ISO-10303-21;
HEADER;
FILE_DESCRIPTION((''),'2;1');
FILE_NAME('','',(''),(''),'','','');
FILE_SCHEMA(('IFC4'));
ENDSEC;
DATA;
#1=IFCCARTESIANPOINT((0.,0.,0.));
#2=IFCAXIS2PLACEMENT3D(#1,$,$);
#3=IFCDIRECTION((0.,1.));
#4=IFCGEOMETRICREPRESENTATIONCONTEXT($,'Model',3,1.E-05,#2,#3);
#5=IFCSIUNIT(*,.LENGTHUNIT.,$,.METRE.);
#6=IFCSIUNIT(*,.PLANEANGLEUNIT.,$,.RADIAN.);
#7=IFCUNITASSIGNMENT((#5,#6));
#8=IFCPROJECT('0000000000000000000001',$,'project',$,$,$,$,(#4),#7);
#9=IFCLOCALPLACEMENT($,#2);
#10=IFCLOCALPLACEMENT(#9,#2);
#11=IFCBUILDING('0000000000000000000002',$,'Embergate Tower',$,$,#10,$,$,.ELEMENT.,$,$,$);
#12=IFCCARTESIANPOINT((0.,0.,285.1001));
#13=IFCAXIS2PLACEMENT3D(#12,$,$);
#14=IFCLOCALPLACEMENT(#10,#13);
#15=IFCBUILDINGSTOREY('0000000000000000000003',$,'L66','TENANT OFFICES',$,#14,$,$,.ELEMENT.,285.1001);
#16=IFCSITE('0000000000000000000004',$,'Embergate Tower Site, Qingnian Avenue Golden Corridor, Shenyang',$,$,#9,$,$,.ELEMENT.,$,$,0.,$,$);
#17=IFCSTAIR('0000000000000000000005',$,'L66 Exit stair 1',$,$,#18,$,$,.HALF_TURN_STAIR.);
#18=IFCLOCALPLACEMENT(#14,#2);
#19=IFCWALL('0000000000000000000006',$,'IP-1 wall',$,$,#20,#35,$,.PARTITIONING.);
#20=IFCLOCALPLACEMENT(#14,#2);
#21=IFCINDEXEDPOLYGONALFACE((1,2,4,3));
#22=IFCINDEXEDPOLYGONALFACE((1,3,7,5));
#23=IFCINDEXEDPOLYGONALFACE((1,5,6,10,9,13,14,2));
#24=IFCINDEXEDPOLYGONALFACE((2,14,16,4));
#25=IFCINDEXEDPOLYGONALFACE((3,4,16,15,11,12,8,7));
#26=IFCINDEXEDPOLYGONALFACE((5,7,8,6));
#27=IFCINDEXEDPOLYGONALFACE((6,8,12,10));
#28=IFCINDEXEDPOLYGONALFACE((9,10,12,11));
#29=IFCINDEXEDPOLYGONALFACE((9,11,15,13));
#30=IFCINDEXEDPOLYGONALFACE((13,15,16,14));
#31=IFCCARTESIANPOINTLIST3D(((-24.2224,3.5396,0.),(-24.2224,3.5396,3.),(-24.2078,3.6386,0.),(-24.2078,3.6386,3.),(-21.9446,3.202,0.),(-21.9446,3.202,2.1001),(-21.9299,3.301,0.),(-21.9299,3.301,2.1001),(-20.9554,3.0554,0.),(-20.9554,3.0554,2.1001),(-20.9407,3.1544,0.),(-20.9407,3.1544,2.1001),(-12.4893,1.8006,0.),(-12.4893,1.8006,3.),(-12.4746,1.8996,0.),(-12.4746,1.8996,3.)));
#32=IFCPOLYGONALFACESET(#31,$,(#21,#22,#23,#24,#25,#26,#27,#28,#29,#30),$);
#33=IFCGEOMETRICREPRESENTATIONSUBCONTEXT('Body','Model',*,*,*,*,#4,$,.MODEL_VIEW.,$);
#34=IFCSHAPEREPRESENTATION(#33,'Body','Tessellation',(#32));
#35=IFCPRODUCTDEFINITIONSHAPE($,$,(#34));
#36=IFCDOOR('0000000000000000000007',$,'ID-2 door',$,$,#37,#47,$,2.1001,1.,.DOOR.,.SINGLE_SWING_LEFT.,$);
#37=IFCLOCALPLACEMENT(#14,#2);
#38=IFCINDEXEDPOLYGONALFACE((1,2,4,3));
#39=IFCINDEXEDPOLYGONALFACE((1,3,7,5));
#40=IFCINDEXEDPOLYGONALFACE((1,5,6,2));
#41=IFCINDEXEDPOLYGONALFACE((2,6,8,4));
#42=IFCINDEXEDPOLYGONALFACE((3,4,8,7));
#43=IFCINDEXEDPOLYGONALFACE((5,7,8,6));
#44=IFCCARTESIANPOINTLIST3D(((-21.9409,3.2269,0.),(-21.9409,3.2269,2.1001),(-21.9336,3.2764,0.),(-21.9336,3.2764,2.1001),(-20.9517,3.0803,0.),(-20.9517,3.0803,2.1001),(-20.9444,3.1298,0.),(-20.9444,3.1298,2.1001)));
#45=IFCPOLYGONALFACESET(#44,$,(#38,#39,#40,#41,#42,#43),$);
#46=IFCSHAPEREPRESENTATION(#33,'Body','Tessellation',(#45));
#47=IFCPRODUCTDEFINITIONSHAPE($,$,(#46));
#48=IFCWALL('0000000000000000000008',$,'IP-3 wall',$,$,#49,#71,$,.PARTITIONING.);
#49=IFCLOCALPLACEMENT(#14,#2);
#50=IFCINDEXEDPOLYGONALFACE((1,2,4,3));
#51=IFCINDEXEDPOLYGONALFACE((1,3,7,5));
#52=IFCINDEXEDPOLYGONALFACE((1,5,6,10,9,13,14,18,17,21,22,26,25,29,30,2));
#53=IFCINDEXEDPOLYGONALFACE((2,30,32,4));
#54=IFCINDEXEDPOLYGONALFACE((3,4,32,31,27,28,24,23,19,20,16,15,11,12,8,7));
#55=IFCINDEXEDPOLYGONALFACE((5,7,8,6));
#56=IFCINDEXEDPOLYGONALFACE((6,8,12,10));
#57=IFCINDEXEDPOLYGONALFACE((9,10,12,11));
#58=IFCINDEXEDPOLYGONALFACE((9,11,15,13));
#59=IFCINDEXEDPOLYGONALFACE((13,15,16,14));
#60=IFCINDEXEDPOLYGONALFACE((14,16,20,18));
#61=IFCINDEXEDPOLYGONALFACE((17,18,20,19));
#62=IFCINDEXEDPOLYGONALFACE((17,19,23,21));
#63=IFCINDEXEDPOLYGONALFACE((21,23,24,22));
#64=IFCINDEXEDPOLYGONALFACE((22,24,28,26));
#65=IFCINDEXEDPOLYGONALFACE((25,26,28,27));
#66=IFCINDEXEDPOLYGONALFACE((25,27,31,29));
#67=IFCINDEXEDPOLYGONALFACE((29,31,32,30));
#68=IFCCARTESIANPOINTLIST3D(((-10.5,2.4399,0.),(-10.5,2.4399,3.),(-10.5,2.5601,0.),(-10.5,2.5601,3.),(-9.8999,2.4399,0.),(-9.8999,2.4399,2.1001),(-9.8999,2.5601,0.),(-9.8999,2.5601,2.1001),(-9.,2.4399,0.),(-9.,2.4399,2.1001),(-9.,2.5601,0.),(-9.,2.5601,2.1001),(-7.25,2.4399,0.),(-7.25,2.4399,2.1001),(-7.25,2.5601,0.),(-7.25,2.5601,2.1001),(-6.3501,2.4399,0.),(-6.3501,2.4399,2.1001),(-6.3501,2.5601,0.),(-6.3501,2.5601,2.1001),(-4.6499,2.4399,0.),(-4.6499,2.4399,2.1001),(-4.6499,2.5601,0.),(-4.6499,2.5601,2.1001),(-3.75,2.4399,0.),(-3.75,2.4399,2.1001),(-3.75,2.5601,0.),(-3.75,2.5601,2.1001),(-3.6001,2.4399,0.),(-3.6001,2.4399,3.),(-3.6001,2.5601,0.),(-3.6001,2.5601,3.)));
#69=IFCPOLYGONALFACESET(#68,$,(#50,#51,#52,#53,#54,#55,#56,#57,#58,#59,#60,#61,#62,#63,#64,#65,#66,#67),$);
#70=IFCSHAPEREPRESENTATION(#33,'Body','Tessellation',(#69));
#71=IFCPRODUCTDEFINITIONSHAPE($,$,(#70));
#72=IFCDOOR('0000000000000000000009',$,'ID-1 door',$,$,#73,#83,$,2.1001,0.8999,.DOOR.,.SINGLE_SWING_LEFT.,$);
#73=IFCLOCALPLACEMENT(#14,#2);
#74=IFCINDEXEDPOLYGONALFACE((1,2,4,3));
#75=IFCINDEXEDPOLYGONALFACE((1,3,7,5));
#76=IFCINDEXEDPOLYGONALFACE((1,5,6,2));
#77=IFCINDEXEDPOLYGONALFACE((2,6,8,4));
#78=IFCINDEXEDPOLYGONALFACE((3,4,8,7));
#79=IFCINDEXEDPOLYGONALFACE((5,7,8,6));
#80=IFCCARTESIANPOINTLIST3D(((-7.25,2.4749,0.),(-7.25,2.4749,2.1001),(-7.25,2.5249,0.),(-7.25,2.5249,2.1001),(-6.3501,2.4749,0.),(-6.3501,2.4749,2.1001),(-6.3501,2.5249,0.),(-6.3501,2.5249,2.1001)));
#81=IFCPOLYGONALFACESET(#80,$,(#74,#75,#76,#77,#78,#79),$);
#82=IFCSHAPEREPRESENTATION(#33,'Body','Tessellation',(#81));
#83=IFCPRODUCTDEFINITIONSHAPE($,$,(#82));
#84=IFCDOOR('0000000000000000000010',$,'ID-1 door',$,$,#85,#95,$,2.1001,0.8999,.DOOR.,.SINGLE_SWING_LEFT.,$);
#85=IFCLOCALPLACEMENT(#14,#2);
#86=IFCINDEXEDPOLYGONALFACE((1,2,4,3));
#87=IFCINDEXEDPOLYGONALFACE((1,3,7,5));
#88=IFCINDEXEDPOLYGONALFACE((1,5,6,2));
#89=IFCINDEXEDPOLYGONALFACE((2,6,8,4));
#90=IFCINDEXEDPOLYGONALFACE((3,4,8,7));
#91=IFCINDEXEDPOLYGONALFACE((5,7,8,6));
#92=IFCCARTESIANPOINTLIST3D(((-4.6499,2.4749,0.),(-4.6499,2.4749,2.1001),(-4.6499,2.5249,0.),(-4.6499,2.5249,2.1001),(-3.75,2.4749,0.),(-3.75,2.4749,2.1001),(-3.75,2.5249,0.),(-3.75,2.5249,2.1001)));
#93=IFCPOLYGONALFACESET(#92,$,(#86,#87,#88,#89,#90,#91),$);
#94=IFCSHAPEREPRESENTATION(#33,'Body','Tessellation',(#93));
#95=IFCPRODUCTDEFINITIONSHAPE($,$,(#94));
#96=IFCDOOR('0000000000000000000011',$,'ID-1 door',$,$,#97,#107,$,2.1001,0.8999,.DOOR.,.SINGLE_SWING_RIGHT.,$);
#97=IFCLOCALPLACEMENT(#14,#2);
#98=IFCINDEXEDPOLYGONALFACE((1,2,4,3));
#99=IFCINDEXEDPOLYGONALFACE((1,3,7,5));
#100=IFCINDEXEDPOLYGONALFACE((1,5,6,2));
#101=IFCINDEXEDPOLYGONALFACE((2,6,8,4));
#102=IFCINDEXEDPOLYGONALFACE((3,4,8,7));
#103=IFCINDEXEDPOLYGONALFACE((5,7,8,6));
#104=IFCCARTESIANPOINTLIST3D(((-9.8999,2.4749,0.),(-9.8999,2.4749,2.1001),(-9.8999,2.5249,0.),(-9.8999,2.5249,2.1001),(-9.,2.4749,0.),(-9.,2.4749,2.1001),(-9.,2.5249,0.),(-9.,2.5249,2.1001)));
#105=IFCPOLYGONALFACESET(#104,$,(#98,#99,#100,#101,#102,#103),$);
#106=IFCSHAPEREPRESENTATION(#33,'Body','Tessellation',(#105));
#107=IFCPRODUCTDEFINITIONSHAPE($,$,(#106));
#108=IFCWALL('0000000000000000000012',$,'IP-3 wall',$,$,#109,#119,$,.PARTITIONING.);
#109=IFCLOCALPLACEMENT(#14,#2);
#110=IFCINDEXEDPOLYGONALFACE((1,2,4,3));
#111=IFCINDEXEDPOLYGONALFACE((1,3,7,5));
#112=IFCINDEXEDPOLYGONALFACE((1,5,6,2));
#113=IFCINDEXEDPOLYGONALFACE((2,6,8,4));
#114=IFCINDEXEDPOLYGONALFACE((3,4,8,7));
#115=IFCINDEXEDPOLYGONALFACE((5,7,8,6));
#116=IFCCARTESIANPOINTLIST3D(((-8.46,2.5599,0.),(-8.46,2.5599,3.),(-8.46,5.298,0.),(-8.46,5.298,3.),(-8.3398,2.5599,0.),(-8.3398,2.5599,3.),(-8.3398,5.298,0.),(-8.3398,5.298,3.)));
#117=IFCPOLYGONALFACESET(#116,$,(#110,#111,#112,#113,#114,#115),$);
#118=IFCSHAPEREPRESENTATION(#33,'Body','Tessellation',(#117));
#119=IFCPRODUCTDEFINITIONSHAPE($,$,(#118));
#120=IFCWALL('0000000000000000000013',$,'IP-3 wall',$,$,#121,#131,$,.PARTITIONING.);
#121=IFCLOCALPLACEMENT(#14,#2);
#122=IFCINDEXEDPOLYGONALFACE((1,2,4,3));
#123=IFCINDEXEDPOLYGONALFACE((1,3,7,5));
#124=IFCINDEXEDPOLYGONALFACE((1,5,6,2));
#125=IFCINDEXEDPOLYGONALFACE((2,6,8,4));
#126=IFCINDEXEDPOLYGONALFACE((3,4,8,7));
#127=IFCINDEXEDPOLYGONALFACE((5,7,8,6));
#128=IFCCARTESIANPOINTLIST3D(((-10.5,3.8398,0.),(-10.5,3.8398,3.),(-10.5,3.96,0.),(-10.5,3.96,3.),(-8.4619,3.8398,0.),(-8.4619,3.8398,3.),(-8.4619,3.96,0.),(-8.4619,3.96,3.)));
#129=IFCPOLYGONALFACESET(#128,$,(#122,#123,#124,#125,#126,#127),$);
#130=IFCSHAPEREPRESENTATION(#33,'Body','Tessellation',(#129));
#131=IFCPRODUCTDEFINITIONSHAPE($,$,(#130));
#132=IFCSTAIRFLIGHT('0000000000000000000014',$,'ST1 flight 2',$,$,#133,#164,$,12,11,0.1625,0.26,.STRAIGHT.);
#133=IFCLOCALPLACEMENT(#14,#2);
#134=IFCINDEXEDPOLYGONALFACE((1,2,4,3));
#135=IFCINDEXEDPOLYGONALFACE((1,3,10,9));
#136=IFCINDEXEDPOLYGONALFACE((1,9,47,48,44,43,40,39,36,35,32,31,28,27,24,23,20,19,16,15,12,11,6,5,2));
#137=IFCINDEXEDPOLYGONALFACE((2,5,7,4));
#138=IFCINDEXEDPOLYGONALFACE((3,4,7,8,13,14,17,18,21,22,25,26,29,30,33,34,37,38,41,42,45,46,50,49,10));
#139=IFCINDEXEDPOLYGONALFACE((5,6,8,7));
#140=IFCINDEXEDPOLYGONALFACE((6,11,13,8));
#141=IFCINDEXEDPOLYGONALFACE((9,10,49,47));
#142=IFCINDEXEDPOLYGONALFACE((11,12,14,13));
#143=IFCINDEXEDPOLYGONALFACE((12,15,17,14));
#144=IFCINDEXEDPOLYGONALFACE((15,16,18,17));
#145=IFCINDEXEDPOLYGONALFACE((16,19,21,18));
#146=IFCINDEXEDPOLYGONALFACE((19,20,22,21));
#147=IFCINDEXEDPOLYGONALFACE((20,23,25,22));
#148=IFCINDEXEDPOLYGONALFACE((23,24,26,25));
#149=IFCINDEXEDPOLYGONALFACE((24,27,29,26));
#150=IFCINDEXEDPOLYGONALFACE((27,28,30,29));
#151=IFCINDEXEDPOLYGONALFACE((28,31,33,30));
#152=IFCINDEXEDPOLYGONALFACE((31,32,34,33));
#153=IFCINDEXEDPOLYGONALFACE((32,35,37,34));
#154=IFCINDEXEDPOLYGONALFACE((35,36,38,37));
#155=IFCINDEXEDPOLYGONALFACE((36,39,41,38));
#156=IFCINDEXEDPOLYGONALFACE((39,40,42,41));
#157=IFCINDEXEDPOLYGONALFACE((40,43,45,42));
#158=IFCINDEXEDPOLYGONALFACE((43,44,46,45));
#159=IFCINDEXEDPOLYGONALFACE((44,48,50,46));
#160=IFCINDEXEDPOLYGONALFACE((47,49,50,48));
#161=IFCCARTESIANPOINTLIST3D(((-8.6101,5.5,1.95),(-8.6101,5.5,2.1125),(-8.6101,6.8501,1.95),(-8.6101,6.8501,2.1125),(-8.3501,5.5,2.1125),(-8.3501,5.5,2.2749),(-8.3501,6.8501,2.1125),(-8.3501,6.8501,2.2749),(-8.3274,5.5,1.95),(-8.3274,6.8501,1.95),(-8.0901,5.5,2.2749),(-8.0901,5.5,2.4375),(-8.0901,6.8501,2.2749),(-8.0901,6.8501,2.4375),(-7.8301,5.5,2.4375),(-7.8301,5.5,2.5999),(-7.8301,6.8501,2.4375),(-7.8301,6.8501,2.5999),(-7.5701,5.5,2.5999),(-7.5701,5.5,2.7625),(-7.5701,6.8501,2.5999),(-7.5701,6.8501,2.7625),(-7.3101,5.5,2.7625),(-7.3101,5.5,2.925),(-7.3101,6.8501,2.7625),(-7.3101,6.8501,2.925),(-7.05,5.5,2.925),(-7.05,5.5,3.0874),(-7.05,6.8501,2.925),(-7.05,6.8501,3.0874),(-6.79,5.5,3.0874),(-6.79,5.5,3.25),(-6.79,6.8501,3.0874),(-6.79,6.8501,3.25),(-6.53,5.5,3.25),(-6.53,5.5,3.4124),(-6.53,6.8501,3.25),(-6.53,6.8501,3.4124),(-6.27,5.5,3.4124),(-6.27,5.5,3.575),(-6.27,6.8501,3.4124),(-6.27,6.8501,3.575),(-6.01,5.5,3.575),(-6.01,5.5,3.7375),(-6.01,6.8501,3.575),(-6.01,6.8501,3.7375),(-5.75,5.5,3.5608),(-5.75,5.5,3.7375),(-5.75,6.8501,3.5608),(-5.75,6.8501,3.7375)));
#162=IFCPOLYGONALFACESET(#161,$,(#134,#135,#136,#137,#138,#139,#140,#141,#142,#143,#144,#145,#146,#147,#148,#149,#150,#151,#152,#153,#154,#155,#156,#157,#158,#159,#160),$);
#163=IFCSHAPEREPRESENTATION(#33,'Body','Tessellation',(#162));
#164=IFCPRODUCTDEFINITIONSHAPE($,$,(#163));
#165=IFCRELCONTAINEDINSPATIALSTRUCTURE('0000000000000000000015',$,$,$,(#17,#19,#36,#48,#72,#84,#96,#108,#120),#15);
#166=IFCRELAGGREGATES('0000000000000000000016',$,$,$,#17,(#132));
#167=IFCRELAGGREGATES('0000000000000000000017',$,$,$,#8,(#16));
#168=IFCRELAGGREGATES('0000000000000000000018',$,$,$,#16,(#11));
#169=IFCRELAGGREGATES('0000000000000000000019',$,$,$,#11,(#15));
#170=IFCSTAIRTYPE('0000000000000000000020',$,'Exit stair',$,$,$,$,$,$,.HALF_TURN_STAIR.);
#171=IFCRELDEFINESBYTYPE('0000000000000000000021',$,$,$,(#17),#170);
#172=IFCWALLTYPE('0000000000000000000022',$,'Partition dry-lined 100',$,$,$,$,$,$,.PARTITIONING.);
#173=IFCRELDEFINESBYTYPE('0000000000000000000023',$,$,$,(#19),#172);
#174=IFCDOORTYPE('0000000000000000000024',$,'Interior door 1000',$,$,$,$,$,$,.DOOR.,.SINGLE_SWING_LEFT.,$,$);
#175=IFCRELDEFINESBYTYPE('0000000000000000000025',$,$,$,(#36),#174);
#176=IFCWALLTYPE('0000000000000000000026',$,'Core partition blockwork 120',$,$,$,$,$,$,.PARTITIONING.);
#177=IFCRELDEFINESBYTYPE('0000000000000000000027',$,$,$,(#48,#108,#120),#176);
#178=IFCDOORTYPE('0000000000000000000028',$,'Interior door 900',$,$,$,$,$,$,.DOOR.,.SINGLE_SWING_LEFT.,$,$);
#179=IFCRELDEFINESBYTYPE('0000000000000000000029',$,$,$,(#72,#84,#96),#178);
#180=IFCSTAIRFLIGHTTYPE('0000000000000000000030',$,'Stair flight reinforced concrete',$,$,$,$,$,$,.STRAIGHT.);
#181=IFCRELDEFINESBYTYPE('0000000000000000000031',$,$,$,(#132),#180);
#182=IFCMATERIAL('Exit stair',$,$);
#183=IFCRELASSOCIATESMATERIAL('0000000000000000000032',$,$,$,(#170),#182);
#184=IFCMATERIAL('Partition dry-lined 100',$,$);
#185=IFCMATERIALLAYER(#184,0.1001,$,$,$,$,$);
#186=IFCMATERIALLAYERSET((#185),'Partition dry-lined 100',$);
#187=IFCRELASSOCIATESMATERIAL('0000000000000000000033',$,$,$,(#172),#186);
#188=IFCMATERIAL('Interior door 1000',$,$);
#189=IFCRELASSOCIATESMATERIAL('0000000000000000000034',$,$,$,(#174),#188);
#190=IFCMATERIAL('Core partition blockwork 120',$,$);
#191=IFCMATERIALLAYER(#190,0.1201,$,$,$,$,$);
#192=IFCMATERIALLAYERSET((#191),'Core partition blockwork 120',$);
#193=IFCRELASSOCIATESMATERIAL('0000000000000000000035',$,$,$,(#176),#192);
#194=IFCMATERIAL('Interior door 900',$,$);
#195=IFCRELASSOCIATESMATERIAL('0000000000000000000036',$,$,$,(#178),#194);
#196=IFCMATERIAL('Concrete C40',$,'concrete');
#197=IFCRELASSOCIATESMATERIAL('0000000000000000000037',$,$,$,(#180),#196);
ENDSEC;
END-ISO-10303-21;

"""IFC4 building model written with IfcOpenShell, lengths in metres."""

from ifc_helpers import new_model, si_unit, direction, frame, frame_2d, origin, place, context, subcontext, project, spatial, polyline, rectangle, outline, extrude, source, transform, mapped, material, layer, layer_set, type_object, element, fill, aggregate, save


model = new_model("IFC4")

# Units and contexts
model_context = context("Model", 3, precision=1e-05, world=origin(), true_north=direction((0.0, 1.0)))
body_context = subcontext(model_context, "Body", "Model", "MODEL_VIEW")
ifc_project = project(units=[si_unit("LENGTHUNIT", "METRE"), si_unit("PLANEANGLEUNIT", "RADIAN")], contexts=[model_context])

# Site, building, storey
site_placement = place(None, origin())
site = spatial("IfcSite", under=ifc_project, at=site_placement, Name="Embergate Tower Site, Qingnian Avenue Golden Corridor, Shenyang", CompositionType="ELEMENT", RefElevation=0.0)
building_placement = place(site_placement, origin())
building = spatial("IfcBuilding", under=site, at=building_placement, Name="Embergate Tower", CompositionType="ELEMENT")
storey_placement = place(building_placement, frame((0.0, 0.0, 285.1001)))
storey = spatial("IfcBuildingStorey", under=building, at=storey_placement, Name="L66", Description="TENANT OFFICES", CompositionType="ELEMENT", Elevation=285.1001)

# Stair
ifc_material_1 = material(Name="Exit stair")
stair_type = type_object("IfcStairType", Name="Exit stair", PredefinedType="HALF_TURN_STAIR", material=ifc_material_1)
stair_placement = place(storey_placement, origin())
stair = element("IfcStair", 1, at=stair_placement, inside=storey, type_object=stair_type, Name="L66 Exit stair 1", PredefinedType="HALF_TURN_STAIR")
ifc_material_2 = material(Name="Concrete C40", Category="concrete")

# Shared definitions
ifc_material_3 = material(Name="Partition dry-lined 100")
ifc_layer_1 = layer(ifc_material_3, 0.1001)
ifc_layer_set_1 = layer_set([ifc_layer_1], Name="Partition dry-lined 100")
wall_type_1 = type_object("IfcWallType", Name="Partition dry-lined 100", PredefinedType="PARTITIONING", material=ifc_layer_set_1)

# Wall, opening, door
shared_shape_1 = source(origin(), body_context, "Body", "SweptSolid", [
    extrude(rectangle(XDim=11.8613, YDim=0.1001, at=frame_2d((5.9307, 0.0))), origin(), (0.0, 0.0, 1.0), 3.0),
])
wall_1_placement = place(storey_placement, frame((-12.4819, 1.8501, 0.0), z_axis=(0.0, 0.0, 1.0), x_axis=(-0.989194, 0.146612, 0.0)))
wall_1 = element("IfcWall", 2, at=wall_1_placement, inside=storey, type_object=wall_type_1, Name="IP-1 wall", PredefinedType="PARTITIONING", context=body_context, shape_type="MappedRepresentation", body=[
    mapped(shared_shape_1, transform((0.0, 0.0, 0.0))),
])
shared_shape_2 = source(origin(), body_context, "Body", "SweptSolid", [
    extrude(rectangle(XDim=1.0, YDim=2.1001, at=frame_2d((0.5, 1.05))), frame((0.0, 0.0601, 0.0), z_axis=(0.0, -1.0, 0.0), x_axis=(1.0, 0.0, 0.0)), (0.0, 0.0, 1.0), 0.1201),
])
opening_1_placement = place(wall_1_placement, frame((8.5586, 0.0, 0.0)))
opening_1 = element("IfcOpeningElement", 3, at=opening_1_placement, cuts=wall_1, PredefinedType="OPENING", context=body_context, shape_type="MappedRepresentation", body=[
    mapped(shared_shape_2, transform((0.0, 0.0, 0.0))),
])
ifc_material_4 = material(Name="Interior door 1000")
door_type_1 = type_object("IfcDoorType", Name="Interior door 1000", OperationType="SINGLE_SWING_LEFT", PredefinedType="DOOR", material=ifc_material_4)
shared_shape_3 = source(origin(), body_context, "Body", "SweptSolid", [
    extrude(rectangle(XDim=1.0, YDim=2.1001, at=frame_2d((0.5, 1.05))), frame((0.0, 0.0249, 0.0), z_axis=(0.0, -1.0, 0.0), x_axis=(1.0, 0.0, 0.0)), (0.0, 0.0, 1.0), 0.05),
])
door_1_placement = place(opening_1_placement, origin())
door_1 = element("IfcDoor", 4, at=door_1_placement, inside=storey, type_object=door_type_1, Name="ID-2 door", OperationType="SINGLE_SWING_LEFT", OverallHeight=2.1001, OverallWidth=1.0, PredefinedType="DOOR", context=body_context, shape_type="MappedRepresentation", body=[
    mapped(shared_shape_3, transform((0.0, 0.0, 0.0))),
])
fill(opening_1, door_1)

# Wall, openings, doors
ifc_material_5 = material(Name="Core partition blockwork 120")
ifc_layer_2 = layer(ifc_material_5, 0.1201)
ifc_layer_set_2 = layer_set([ifc_layer_2], Name="Core partition blockwork 120")
wall_type_2 = type_object("IfcWallType", Name="Core partition blockwork 120", PredefinedType="PARTITIONING", material=ifc_layer_set_2)
shared_shape_4 = source(origin(), body_context, "Body", "SweptSolid", [
    extrude(rectangle(XDim=6.8999, YDim=0.1201, at=frame_2d((3.45, 0.0))), origin(), (0.0, 0.0, 1.0), 3.0),
])
wall_2_placement = place(storey_placement, frame((-10.5, 2.5, 0.0), z_axis=(0.0, 0.0, 1.0), x_axis=(1.0, 0.0, 0.0)))
wall_2 = element("IfcWall", 5, at=wall_2_placement, inside=storey, type_object=wall_type_2, Name="IP-3 wall", PredefinedType="PARTITIONING", context=body_context, shape_type="MappedRepresentation", body=[
    mapped(shared_shape_4, transform((0.0, 0.0, 0.0))),
])
shared_shape_5 = source(origin(), body_context, "Body", "SweptSolid", [
    extrude(rectangle(XDim=0.8999, YDim=2.1001, at=frame_2d((0.45, 1.05))), frame((0.0, 0.0701, 0.0), z_axis=(0.0, -1.0, 0.0), x_axis=(1.0, 0.0, 0.0)), (0.0, 0.0, 1.0), 0.1401),
])
opening_2_placement = place(wall_2_placement, frame((3.25, 0.0, 0.0)))
opening_2 = element("IfcOpeningElement", 6, at=opening_2_placement, cuts=wall_2, PredefinedType="OPENING", context=body_context, shape_type="MappedRepresentation", body=[
    mapped(shared_shape_5, transform((0.0, 0.0, 0.0))),
])
opening_3_placement = place(wall_2_placement, frame((5.8501, 0.0, 0.0)))
opening_3 = element("IfcOpeningElement", 7, at=opening_3_placement, cuts=wall_2, PredefinedType="OPENING", context=body_context, shape_type="MappedRepresentation", body=[
    mapped(shared_shape_5, transform((0.0, 0.0, 0.0))),
])
opening_4_placement = place(wall_2_placement, frame((0.6001, 0.0, 0.0)))
opening_4 = element("IfcOpeningElement", 8, at=opening_4_placement, cuts=wall_2, PredefinedType="OPENING", context=body_context, shape_type="MappedRepresentation", body=[
    mapped(shared_shape_5, transform((0.0, 0.0, 0.0))),
])
ifc_material_6 = material(Name="Interior door 900")
door_type_2 = type_object("IfcDoorType", Name="Interior door 900", OperationType="SINGLE_SWING_LEFT", PredefinedType="DOOR", material=ifc_material_6)
shared_shape_6 = source(origin(), body_context, "Body", "SweptSolid", [
    extrude(rectangle(XDim=0.8999, YDim=2.1001, at=frame_2d((0.45, 1.05))), frame((0.0, 0.0249, 0.0), z_axis=(0.0, -1.0, 0.0), x_axis=(1.0, 0.0, 0.0)), (0.0, 0.0, 1.0), 0.05),
])
door_2_placement = place(opening_2_placement, origin())
door_2 = element("IfcDoor", 9, at=door_2_placement, inside=storey, type_object=door_type_2, Name="ID-1 door", OperationType="SINGLE_SWING_LEFT", OverallHeight=2.1001, OverallWidth=0.8999, PredefinedType="DOOR", context=body_context, shape_type="MappedRepresentation", body=[
    mapped(shared_shape_6, transform((0.0, 0.0, 0.0))),
])
fill(opening_2, door_2)
door_3_placement = place(opening_3_placement, origin())
door_3 = element("IfcDoor", 10, at=door_3_placement, inside=storey, type_object=door_type_2, Name="ID-1 door", OperationType="SINGLE_SWING_LEFT", OverallHeight=2.1001, OverallWidth=0.8999, PredefinedType="DOOR", context=body_context, shape_type="MappedRepresentation", body=[
    mapped(shared_shape_6, transform((0.0, 0.0, 0.0))),
])
fill(opening_3, door_3)
door_4_placement = place(opening_4_placement, origin())
door_4 = element("IfcDoor", 11, at=door_4_placement, inside=storey, type_object=door_type_2, Name="ID-1 door", OperationType="SINGLE_SWING_RIGHT", OverallHeight=2.1001, OverallWidth=0.8999, PredefinedType="DOOR", context=body_context, shape_type="MappedRepresentation", body=[
    mapped(shared_shape_6, transform((0.0, 0.0, 0.0))),
])
fill(opening_4, door_4)

# Walls
shared_shape_7 = source(origin(), body_context, "Body", "SweptSolid", [
    extrude(rectangle(XDim=2.738, YDim=0.1201, at=frame_2d((1.3691, 0.0))), origin(), (0.0, 0.0, 1.0), 3.0),
])
wall_3_placement = place(storey_placement, frame((-8.3999, 5.2981, 0.0), z_axis=(0.0, 0.0, 1.0), x_axis=(0.0, -1.0, 0.0)))
element("IfcWall", 12, at=wall_3_placement, inside=storey, type_object=wall_type_2, Name="IP-3 wall", PredefinedType="PARTITIONING", context=body_context, shape_type="MappedRepresentation", body=[
    mapped(shared_shape_7, transform((0.0, 0.0, 0.0))),
])
shared_shape_8 = source(origin(), body_context, "Body", "SweptSolid", [
    extrude(rectangle(XDim=2.0381, YDim=0.1201, at=frame_2d((1.019, 0.0))), origin(), (0.0, 0.0, 1.0), 3.0),
])
wall_4_placement = place(storey_placement, frame((-8.4619, 3.8999, 0.0), z_axis=(0.0, 0.0, 1.0), x_axis=(-1.0, 0.0, 0.0)))
element("IfcWall", 13, at=wall_4_placement, inside=storey, type_object=wall_type_2, Name="IP-3 wall", PredefinedType="PARTITIONING", context=body_context, shape_type="MappedRepresentation", body=[
    mapped(shared_shape_8, transform((0.0, 0.0, 0.0))),
])

# Stair flight
stair_flight_type = type_object("IfcStairFlightType", Name="Stair flight reinforced concrete", PredefinedType="STRAIGHT", material=ifc_material_2)
shared_shape_9 = source(origin(), body_context, "Body", "SweptSolid", [
    extrude(outline(polyline([(0.0, 0.0), (0.0, 0.1626), (0.26, 0.1626), (0.26, 0.325), (0.52, 0.325), (0.52, 0.4875), (0.78, 0.4875), (0.78, 0.6499), (1.04, 0.6499), (1.04, 0.8125), (1.3, 0.8125), (1.3, 0.9751), (1.5601, 0.9751), (1.5601, 1.1375), (1.8201, 1.1375), (1.8201, 1.3), (2.0801, 1.3), (2.0801, 1.4624), (2.3401, 1.4624), (2.3401, 1.625), (2.6001, 1.625), (2.6001, 1.7876), (2.8601, 1.7876), (2.8601, 1.95), (2.8601, 1.6108), (0.2827, 0.0), (0.0, 0.0)])), frame((0.0, 0.675, 0.0), z_axis=(0.0, -1.0, 0.0), x_axis=(1.0, 0.0, 0.0)), (0.0, 0.0, 1.0), 1.3501),
])
stair_flight_placement = place(storey_placement, frame((-8.6101, 6.175, 1.95), z_axis=(0.0, 0.0, 1.0), x_axis=(1.0, 0.0, 0.0)))
stair_flight = element("IfcStairFlight", 14, at=stair_flight_placement, type_object=stair_flight_type, Name="ST1 flight 2", NumberOfRisers=12, NumberOfTreads=11, PredefinedType="STRAIGHT", RiserHeight=0.1625, TreadLength=0.26, context=body_context, shape_type="MappedRepresentation", body=[
    mapped(shared_shape_9, transform((0.0, 0.0, 0.0))),
])
aggregate(stair, [stair_flight])

save(model, "model.ifc")
